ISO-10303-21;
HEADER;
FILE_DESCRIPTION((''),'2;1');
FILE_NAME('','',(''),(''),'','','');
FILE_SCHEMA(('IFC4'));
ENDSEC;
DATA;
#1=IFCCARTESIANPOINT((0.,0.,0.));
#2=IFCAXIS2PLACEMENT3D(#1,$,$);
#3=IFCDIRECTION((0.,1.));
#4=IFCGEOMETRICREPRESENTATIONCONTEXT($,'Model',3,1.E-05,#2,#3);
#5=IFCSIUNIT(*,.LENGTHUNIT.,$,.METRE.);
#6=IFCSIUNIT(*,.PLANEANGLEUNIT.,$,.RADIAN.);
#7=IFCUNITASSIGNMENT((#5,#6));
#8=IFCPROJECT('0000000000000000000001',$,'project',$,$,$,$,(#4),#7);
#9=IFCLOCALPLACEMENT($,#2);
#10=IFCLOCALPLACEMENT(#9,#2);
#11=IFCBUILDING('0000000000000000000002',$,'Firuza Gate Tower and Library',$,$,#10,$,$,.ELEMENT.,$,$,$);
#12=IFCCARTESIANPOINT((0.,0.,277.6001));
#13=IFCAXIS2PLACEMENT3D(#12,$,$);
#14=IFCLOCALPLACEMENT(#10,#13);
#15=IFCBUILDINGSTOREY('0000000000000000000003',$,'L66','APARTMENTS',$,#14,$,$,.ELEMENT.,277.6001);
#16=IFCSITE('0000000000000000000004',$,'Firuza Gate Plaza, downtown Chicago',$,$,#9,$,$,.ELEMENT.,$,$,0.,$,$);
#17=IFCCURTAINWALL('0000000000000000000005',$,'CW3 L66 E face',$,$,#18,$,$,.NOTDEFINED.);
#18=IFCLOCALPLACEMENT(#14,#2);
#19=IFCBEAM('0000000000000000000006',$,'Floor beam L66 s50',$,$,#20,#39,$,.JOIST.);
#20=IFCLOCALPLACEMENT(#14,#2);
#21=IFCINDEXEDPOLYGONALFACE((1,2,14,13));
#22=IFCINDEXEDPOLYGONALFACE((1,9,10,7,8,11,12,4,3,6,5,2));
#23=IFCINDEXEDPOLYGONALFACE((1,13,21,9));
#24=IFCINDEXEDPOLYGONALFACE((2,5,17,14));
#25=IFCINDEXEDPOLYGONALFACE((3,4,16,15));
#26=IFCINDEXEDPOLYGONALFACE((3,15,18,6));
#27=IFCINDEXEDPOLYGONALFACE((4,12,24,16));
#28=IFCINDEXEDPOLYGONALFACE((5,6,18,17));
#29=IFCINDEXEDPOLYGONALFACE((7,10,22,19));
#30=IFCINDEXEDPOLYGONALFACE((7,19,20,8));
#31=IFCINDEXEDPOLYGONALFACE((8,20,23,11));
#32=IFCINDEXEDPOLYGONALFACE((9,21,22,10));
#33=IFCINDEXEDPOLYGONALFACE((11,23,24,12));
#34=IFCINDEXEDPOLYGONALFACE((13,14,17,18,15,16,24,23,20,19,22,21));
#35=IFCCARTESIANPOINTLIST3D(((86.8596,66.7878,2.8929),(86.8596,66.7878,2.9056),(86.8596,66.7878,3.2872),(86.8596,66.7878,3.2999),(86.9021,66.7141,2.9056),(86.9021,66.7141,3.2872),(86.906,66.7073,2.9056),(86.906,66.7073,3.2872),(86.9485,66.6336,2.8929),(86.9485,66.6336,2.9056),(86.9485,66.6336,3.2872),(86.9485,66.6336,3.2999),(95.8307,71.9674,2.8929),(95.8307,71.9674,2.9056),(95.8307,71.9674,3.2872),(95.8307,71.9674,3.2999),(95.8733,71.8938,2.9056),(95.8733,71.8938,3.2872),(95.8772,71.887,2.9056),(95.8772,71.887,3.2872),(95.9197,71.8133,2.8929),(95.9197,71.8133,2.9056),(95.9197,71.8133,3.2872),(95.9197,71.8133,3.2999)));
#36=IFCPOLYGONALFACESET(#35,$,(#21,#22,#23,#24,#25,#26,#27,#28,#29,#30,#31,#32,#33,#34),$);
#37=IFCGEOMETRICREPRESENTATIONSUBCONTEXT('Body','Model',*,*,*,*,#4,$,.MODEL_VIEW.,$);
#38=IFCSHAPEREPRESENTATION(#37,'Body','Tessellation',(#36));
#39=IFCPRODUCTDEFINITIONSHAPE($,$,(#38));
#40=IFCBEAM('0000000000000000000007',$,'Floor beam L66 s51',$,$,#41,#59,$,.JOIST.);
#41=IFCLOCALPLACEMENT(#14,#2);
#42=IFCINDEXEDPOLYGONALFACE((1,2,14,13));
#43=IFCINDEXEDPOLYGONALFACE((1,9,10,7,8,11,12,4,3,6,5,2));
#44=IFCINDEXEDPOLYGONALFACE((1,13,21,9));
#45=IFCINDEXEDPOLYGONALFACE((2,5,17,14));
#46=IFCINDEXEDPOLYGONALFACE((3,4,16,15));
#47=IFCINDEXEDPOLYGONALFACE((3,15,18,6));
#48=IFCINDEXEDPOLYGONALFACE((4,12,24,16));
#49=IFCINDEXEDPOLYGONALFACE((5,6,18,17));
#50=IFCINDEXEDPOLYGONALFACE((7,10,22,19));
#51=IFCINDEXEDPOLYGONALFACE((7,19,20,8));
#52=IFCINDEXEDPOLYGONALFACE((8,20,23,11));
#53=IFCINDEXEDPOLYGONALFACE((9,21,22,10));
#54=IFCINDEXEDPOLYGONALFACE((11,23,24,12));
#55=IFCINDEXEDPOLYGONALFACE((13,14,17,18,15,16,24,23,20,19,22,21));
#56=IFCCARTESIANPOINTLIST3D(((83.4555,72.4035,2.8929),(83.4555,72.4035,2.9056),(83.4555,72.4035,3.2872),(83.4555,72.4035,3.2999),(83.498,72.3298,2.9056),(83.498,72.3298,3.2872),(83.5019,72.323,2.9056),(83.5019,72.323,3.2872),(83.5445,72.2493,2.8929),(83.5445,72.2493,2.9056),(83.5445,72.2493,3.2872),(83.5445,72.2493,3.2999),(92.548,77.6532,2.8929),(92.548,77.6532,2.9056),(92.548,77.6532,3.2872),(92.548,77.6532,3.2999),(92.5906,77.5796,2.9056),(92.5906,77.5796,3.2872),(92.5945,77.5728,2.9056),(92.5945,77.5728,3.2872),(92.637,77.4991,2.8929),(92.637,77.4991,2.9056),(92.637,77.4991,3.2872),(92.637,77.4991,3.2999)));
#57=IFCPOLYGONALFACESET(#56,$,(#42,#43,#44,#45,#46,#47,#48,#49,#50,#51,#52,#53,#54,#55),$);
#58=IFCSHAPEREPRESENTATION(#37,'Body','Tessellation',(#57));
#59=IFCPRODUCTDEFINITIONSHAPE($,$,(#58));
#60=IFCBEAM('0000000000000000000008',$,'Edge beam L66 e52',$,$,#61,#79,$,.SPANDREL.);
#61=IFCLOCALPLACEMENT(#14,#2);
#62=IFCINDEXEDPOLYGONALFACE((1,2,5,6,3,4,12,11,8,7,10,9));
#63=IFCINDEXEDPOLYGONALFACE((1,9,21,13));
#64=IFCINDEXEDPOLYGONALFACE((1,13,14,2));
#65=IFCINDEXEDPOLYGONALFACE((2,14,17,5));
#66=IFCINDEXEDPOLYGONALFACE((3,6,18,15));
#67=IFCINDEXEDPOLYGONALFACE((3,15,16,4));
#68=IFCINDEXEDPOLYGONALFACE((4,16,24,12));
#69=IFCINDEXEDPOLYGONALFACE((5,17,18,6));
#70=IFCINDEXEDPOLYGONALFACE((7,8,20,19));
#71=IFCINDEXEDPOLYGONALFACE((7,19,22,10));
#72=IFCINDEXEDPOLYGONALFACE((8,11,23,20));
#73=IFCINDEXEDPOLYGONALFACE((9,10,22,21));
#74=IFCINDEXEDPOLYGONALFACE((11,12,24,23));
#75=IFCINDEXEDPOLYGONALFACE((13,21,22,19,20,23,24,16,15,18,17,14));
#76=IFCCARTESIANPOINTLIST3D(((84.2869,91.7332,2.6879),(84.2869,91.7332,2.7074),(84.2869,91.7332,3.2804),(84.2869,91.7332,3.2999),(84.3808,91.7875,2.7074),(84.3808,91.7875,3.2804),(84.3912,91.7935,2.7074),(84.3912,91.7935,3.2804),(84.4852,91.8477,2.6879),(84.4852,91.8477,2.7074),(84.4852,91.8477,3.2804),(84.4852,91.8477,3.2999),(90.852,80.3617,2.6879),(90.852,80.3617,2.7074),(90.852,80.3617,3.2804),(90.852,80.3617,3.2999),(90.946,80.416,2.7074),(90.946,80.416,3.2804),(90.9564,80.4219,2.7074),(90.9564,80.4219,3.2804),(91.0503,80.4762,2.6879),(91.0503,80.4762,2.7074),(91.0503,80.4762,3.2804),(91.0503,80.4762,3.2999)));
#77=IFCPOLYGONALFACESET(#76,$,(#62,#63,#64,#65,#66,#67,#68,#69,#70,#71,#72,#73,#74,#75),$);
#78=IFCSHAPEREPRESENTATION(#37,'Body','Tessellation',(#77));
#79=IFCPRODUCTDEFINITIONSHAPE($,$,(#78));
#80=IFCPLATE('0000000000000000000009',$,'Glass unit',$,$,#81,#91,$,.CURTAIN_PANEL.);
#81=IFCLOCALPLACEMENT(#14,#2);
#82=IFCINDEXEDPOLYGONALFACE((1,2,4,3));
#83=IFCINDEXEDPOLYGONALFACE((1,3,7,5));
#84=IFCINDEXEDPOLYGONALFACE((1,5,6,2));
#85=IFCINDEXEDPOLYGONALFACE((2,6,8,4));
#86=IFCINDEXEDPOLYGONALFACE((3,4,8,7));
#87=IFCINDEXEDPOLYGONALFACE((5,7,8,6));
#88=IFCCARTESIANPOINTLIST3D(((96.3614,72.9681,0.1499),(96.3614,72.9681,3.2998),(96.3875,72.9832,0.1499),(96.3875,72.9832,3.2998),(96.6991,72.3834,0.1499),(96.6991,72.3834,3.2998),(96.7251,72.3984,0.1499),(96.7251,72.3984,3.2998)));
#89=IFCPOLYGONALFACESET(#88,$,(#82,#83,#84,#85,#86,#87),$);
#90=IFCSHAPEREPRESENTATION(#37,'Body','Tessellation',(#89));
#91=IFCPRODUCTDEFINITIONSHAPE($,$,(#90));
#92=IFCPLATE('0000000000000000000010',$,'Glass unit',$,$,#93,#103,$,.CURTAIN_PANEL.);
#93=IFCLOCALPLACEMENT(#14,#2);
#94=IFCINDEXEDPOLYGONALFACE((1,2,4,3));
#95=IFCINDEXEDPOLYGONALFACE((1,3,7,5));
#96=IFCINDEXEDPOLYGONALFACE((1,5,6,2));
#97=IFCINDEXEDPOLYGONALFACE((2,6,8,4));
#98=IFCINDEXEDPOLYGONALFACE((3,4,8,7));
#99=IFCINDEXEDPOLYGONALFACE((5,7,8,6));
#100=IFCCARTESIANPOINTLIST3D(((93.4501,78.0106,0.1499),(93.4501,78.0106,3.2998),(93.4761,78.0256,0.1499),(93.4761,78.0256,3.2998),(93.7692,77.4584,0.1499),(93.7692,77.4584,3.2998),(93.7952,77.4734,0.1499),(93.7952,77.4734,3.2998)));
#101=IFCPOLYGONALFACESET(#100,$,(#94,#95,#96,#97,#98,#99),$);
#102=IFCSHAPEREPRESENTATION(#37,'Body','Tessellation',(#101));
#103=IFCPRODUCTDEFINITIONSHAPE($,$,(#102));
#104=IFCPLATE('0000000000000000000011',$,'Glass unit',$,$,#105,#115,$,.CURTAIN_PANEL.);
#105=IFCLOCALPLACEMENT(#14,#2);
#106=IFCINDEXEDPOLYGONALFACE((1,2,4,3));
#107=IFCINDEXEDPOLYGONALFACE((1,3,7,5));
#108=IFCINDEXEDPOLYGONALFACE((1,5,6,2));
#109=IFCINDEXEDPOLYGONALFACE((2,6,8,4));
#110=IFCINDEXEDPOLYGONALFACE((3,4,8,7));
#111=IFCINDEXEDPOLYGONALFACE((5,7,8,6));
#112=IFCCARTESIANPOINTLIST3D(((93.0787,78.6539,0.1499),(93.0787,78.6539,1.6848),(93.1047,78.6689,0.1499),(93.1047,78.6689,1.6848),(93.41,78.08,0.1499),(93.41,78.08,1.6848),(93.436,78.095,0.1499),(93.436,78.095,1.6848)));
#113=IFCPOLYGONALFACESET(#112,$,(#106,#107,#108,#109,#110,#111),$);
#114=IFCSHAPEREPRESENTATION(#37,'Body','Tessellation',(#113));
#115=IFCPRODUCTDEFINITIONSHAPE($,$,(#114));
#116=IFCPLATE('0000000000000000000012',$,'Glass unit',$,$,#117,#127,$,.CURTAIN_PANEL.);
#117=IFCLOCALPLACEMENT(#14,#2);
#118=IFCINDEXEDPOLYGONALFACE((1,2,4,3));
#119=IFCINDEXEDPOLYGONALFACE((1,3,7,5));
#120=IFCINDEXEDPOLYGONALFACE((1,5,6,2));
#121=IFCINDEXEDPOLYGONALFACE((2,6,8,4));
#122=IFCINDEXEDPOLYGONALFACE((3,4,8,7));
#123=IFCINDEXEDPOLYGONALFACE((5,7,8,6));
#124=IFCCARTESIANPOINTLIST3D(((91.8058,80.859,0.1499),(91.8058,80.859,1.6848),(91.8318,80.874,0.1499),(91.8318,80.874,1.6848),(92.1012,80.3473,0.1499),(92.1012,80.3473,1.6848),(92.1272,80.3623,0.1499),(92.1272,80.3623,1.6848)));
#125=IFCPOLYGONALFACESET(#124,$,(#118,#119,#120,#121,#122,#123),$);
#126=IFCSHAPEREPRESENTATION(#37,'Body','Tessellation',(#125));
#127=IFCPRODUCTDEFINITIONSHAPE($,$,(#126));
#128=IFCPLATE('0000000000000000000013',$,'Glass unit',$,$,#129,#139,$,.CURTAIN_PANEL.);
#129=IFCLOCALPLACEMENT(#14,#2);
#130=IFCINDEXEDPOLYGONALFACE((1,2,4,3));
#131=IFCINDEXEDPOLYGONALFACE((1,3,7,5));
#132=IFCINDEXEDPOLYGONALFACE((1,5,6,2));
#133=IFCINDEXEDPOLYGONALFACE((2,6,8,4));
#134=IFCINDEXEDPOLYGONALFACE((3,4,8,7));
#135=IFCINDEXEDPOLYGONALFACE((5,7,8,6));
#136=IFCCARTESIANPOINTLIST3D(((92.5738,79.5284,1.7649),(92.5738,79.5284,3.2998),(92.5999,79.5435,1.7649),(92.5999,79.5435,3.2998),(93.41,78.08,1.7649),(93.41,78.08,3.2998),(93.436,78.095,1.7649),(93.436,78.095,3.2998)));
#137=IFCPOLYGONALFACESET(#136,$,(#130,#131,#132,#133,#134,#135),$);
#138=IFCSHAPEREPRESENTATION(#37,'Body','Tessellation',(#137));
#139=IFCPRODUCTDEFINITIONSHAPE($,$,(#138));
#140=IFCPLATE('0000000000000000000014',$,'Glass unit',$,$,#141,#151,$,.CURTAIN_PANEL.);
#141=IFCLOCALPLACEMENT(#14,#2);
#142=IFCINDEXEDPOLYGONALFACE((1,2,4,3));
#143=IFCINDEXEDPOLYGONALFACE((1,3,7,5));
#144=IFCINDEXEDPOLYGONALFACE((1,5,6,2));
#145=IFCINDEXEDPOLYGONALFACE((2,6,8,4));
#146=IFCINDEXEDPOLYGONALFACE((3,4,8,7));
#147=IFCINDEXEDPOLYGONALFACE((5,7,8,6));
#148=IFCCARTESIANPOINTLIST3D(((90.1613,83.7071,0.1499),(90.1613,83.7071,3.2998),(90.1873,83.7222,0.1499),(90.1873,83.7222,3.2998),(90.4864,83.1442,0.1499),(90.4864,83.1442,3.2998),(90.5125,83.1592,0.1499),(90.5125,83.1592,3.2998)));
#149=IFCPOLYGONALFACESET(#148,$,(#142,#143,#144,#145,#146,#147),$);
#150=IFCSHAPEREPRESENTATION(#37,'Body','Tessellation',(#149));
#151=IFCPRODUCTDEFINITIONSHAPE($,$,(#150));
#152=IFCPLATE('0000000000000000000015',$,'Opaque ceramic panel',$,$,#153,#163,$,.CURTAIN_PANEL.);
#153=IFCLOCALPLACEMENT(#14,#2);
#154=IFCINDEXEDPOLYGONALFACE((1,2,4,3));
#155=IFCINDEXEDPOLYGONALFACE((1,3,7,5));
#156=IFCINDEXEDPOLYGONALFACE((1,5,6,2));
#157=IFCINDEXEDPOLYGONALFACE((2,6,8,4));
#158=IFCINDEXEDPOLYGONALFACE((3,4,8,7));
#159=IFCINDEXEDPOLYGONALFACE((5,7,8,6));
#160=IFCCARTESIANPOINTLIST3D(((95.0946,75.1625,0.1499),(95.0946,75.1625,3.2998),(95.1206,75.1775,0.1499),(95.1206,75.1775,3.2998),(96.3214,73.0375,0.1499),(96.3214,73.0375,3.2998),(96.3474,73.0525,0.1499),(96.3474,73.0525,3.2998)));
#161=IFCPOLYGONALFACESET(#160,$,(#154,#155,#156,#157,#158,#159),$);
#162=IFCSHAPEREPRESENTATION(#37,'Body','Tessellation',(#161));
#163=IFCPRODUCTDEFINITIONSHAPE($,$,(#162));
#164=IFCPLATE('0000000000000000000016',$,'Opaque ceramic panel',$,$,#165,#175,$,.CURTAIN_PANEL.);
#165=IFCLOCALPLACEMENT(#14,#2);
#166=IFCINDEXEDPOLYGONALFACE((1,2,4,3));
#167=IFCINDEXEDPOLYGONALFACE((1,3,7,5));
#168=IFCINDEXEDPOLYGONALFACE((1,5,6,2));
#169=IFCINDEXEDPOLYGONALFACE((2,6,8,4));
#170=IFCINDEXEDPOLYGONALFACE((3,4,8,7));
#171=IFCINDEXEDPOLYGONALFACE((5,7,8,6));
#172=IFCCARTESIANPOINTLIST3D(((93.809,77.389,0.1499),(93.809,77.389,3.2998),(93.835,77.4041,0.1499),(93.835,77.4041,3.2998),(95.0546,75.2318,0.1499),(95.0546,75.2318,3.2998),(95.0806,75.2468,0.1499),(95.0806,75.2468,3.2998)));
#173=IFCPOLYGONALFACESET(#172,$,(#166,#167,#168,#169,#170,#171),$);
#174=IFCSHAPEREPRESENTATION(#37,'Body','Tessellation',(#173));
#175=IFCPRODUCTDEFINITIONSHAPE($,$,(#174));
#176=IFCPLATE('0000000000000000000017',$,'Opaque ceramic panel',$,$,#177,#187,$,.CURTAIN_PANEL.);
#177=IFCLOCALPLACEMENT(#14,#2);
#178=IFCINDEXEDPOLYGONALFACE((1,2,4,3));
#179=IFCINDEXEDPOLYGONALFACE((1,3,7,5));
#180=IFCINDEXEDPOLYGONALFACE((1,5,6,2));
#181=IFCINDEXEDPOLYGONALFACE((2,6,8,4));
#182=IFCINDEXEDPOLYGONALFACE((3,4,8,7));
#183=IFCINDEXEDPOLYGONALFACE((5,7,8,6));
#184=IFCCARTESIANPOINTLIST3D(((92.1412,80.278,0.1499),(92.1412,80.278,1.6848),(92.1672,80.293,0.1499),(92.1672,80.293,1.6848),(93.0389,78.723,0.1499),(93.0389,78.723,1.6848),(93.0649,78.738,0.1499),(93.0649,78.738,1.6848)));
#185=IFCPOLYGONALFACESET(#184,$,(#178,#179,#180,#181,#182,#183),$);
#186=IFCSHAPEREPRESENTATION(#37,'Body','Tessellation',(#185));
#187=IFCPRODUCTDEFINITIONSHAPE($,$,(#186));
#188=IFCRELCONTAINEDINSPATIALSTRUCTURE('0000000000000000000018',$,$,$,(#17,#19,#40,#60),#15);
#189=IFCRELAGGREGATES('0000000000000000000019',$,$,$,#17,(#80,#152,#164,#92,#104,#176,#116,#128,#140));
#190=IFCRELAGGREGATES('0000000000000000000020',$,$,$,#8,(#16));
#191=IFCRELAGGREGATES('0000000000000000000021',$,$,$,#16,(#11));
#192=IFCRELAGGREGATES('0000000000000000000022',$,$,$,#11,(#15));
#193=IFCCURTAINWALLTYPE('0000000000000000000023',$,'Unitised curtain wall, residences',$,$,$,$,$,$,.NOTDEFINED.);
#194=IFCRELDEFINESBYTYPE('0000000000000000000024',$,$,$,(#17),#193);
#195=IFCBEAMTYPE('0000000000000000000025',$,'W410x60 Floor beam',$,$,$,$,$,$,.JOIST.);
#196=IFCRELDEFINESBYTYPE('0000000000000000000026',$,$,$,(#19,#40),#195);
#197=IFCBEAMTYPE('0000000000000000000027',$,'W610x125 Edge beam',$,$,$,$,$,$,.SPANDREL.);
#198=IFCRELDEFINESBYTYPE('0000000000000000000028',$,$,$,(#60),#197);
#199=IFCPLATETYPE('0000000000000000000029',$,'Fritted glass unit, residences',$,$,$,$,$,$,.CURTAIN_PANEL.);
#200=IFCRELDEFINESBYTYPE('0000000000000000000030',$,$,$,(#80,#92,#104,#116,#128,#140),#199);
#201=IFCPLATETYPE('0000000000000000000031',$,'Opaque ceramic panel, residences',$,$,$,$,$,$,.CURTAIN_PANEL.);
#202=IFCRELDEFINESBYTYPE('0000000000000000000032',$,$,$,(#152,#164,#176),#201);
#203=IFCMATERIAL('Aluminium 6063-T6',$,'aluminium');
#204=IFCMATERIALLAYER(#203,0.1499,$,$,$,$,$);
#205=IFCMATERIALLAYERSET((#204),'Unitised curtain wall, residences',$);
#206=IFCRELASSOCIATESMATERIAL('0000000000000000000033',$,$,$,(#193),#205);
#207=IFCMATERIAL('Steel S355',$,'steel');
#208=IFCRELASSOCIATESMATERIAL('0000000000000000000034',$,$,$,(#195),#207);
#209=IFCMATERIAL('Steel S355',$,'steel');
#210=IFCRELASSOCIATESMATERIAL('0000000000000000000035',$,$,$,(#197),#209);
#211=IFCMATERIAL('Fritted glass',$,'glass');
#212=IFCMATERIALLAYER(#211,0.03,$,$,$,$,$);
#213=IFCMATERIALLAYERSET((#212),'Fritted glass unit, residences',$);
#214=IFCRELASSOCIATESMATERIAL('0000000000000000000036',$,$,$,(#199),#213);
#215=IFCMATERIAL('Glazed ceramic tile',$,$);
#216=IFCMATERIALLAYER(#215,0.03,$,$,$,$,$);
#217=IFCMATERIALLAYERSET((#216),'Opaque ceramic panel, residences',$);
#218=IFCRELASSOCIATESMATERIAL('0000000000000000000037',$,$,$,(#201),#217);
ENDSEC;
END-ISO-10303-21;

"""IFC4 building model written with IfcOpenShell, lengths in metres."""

from ifc_helpers import new_model, si_unit, direction, frame, origin, origin_2d, place, context, subcontext, project, spatial, polyline, i_section, outline, extrude, material, layer, layer_set, material_profile, profile_set, type_object, element, aggregate, save


model = new_model("IFC4")

# Units and contexts
model_context = context("Model", 3, precision=1e-05, world=origin(), true_north=direction((0.0, 1.0)))
body_context = subcontext(model_context, "Body", "Model", "MODEL_VIEW")
ifc_project = project(units=[si_unit("LENGTHUNIT", "METRE"), si_unit("PLANEANGLEUNIT", "RADIAN")], contexts=[model_context])

# Site, building, storey
site_placement = place(None, origin())
site = spatial("IfcSite", under=ifc_project, at=site_placement, Name="Firuza Gate Plaza, downtown Chicago", CompositionType="ELEMENT", RefElevation=0.0)
building_placement = place(site_placement, origin())
building = spatial("IfcBuilding", under=site, at=building_placement, Name="Firuza Gate Tower and Library", CompositionType="ELEMENT")
storey_placement = place(building_placement, frame((0.0, 0.0, 277.6001)))
storey = spatial("IfcBuildingStorey", under=building, at=storey_placement, Name="L66", Description="APARTMENTS", CompositionType="ELEMENT", Elevation=277.6001)

# Curtain wall
ifc_material_1 = material(Name="Aluminium 6063-T6", Category="aluminium")
ifc_layer_1 = layer(ifc_material_1, 0.1499)
ifc_layer_set_1 = layer_set([ifc_layer_1], Name="Unitised curtain wall, residences")
curtain_wall_type = type_object("IfcCurtainWallType", Name="Unitised curtain wall, residences", PredefinedType="NOTDEFINED", material=ifc_layer_set_1)
curtain_wall_placement = place(storey_placement, origin())
curtain_wall = element("IfcCurtainWall", 1, at=curtain_wall_placement, inside=storey, type_object=curtain_wall_type, Name="CW3 L66 E face", PredefinedType="NOTDEFINED")

# Beams
ifc_material_2 = material(Name="Steel S355", Category="steel")
ifc_material_profile_1 = material_profile(ifc_material_2, i_section(OverallWidth=0.178, OverallDepth=0.407, WebThickness=0.0078, FlangeThickness=0.0127, at=origin_2d()))
ifc_profile_set_1 = profile_set([ifc_material_profile_1], Name="Steel S355")
beam_type_1 = type_object("IfcBeamType", Name="W410x60 Floor beam", PredefinedType="JOIST", material=ifc_profile_set_1)
beam_1_placement = place(storey_placement, frame((95.8752, 71.8904, 3.0964), z_axis=(-0.866018, -0.500012, 0.0), x_axis=(0.500012, -0.866018, 0.0)))
element("IfcBeam", 2, at=beam_1_placement, inside=storey, type_object=beam_type_1, Name="Floor beam L66 s50", PredefinedType="JOIST", context=body_context, shape_type="SweptSolid", body=[
    extrude(i_section(OverallWidth=0.178, OverallDepth=0.407, WebThickness=0.0078, FlangeThickness=0.0127, at=origin_2d()), origin(), (0.0, 0.0, 1.0), 10.3591),
])
beam_2_placement = place(storey_placement, frame((92.5925, 77.5762, 3.0964), z_axis=(-0.866018, -0.500013, 0.0), x_axis=(0.500013, -0.866018, 0.0)))
element("IfcBeam", 3, at=beam_2_placement, inside=storey, type_object=beam_type_1, Name="Floor beam L66 s51", PredefinedType="JOIST", context=body_context, shape_type="SweptSolid", body=[
    extrude(i_section(OverallWidth=0.178, OverallDepth=0.407, WebThickness=0.0078, FlangeThickness=0.0127, at=origin_2d()), origin(), (0.0, 0.0, 1.0), 10.4993),
])
ifc_material_3 = material(Name="Steel S355", Category="steel")
ifc_material_profile_2 = material_profile(ifc_material_3, i_section(OverallWidth=0.229, OverallDepth=0.6121, WebThickness=0.012, FlangeThickness=0.0195, at=origin_2d()))
ifc_profile_set_2 = profile_set([ifc_material_profile_2], Name="Steel S355")
beam_type_2 = type_object("IfcBeamType", Name="W610x125 Edge beam", PredefinedType="SPANDREL", material=ifc_profile_set_2)
beam_3_placement = place(storey_placement, frame((90.9512, 80.4189, 2.9939), z_axis=(-0.499989, 0.866032, 0.0), x_axis=(-0.866032, -0.499989, 0.0)))
element("IfcBeam", 4, at=beam_3_placement, inside=storey, type_object=beam_type_2, Name="Edge beam L66 e52", PredefinedType="SPANDREL", context=body_context, shape_type="SweptSolid", body=[
    extrude(i_section(OverallWidth=0.229, OverallDepth=0.6121, WebThickness=0.012, FlangeThickness=0.0195, at=origin_2d()), origin(), (0.0, 0.0, 1.0), 13.1306),
])

# Plates
ifc_material_4 = material(Name="Fritted glass", Category="glass")
ifc_layer_2 = layer(ifc_material_4, 0.03)
ifc_layer_set_2 = layer_set([ifc_layer_2], Name="Fritted glass unit, residences")
plate_type_1 = type_object("IfcPlateType", Name="Fritted glass unit, residences", PredefinedType="CURTAIN_PANEL", material=ifc_layer_set_2)
plate_1_placement = place(storey_placement, frame((96.7251, 72.3984, 0.1499), z_axis=(0.865987, 0.500067, 0.0), x_axis=(-0.500067, 0.865987, 0.0)))
plate_1 = element("IfcPlate", 5, at=plate_1_placement, type_object=plate_type_1, Name="Glass unit", PredefinedType="CURTAIN_PANEL", context=body_context, shape_type="SweptSolid", body=[
    extrude(outline(polyline([(0.0, 0.0), (0.6752, 0.0), (0.6752, 3.1499), (0.0, 3.1499), (0.0, 0.0)])), origin(), (0.0, 0.0, -1.0), 0.03),
])
plate_2_placement = place(storey_placement, frame((93.7952, 77.4734, 0.1499), z_axis=(0.865854, 0.500297, 0.0), x_axis=(-0.500297, 0.865854, 0.0)))
plate_2 = element("IfcPlate", 6, at=plate_2_placement, type_object=plate_type_1, Name="Glass unit", PredefinedType="CURTAIN_PANEL", context=body_context, shape_type="SweptSolid", body=[
    extrude(outline(polyline([(0.0, 0.0), (0.6378, 0.0), (0.6378, 3.1499), (0.0, 3.1499), (0.0, 0.0)])), origin(), (0.0, 0.0, -1.0), 0.03),
])
plate_3_placement = place(storey_placement, frame((93.436, 78.095, 0.1499), z_axis=(0.866081, 0.499903, 0.0), x_axis=(-0.499903, 0.866081, 0.0)))
plate_3 = element("IfcPlate", 7, at=plate_3_placement, type_object=plate_type_1, Name="Glass unit", PredefinedType="CURTAIN_PANEL", context=body_context, shape_type="SweptSolid", body=[
    extrude(outline(polyline([(0.0, 0.0), (0.6627, 0.0), (0.6627, 1.5349), (0.0, 1.5349), (0.0, 0.0)])), origin(), (0.0, 0.0, -1.0), 0.03),
])
plate_4_placement = place(storey_placement, frame((92.1272, 80.3623, 0.1499), z_axis=(0.866048, 0.499961, 0.0), x_axis=(-0.499961, 0.866048, 0.0)))
plate_4 = element("IfcPlate", 8, at=plate_4_placement, type_object=plate_type_1, Name="Glass unit", PredefinedType="CURTAIN_PANEL", context=body_context, shape_type="SweptSolid", body=[
    extrude(outline(polyline([(0.0, 0.0), (0.5909, 0.0), (0.5909, 1.5349), (0.0, 1.5349), (0.0, 0.0)])), origin(), (0.0, 0.0, -1.0), 0.03),
])
plate_5_placement = place(storey_placement, frame((93.436, 78.095, 1.7649), z_axis=(0.866052, 0.499954, 0.0), x_axis=(-0.499954, 0.866052, 0.0)))
plate_5 = element("IfcPlate", 9, at=plate_5_placement, type_object=plate_type_1, Name="Glass unit", PredefinedType="CURTAIN_PANEL", context=body_context, shape_type="SweptSolid", body=[
    extrude(outline(polyline([(0.0, 0.0), (1.6725, 0.0), (1.6725, 1.5349), (0.0, 1.5349), (0.0, 0.0)])), origin(), (0.0, 0.0, -1.0), 0.03),
])
plate_6_placement = place(storey_placement, frame((90.5125, 83.1592, 0.1499), z_axis=(0.865923, 0.500177, 0.0), x_axis=(-0.500177, 0.865923, 0.0)))
plate_6 = element("IfcPlate", 10, at=plate_6_placement, type_object=plate_type_1, Name="Glass unit", PredefinedType="CURTAIN_PANEL", context=body_context, shape_type="SweptSolid", body=[
    extrude(outline(polyline([(0.0, 0.0), (0.6502, 0.0), (0.6502, 3.1499), (0.0, 3.1499), (0.0, 0.0)])), origin(), (0.0, 0.0, -1.0), 0.03),
])
ifc_material_5 = material(Name="Glazed ceramic tile")
ifc_layer_3 = layer(ifc_material_5, 0.03)
ifc_layer_set_3 = layer_set([ifc_layer_3], Name="Opaque ceramic panel, residences")
plate_type_2 = type_object("IfcPlateType", Name="Opaque ceramic panel, residences", PredefinedType="CURTAIN_PANEL", material=ifc_layer_set_3)
plate_7_placement = place(storey_placement, frame((96.3474, 73.0525, 0.1499), z_axis=(0.866036, 0.499981, 0.0), x_axis=(-0.499981, 0.866036, 0.0)))
plate_7 = element("IfcPlate", 11, at=plate_7_placement, type_object=plate_type_2, Name="Opaque ceramic panel", PredefinedType="CURTAIN_PANEL", context=body_context, shape_type="SweptSolid", body=[
    extrude(outline(polyline([(0.0, 0.0), (2.4537, 0.0), (2.4537, 3.1499), (0.0, 3.1499), (0.0, 0.0)])), origin(), (0.0, 0.0, -1.0), 0.03),
])
plate_8_placement = place(storey_placement, frame((95.0806, 75.2468, 0.1499), z_axis=(0.866003, 0.500039, 0.0), x_axis=(-0.500039, 0.866003, 0.0)))
plate_8 = element("IfcPlate", 12, at=plate_8_placement, type_object=plate_type_2, Name="Opaque ceramic panel", PredefinedType="CURTAIN_PANEL", context=body_context, shape_type="SweptSolid", body=[
    extrude(outline(polyline([(0.0, 0.0), (2.491, 0.0), (2.491, 3.1499), (0.0, 3.1499), (0.0, 0.0)])), origin(), (0.0, 0.0, -1.0), 0.03),
])
plate_9_placement = place(storey_placement, frame((93.0649, 78.738, 0.1499), z_axis=(0.866034, 0.499985, 0.0), x_axis=(-0.499985, 0.866034, 0.0)))
plate_9 = element("IfcPlate", 13, at=plate_9_placement, type_object=plate_type_2, Name="Opaque ceramic panel", PredefinedType="CURTAIN_PANEL", context=body_context, shape_type="SweptSolid", body=[
    extrude(outline(polyline([(0.0, 0.0), (1.7955, 0.0), (1.7955, 1.5349), (0.0, 1.5349), (0.0, 0.0)])), origin(), (0.0, 0.0, -1.0), 0.03),
])
aggregate(curtain_wall, [plate_1, plate_7, plate_8, plate_2, plate_3, plate_9, plate_4, plate_5, plate_6])

save(model, "model.ifc")
